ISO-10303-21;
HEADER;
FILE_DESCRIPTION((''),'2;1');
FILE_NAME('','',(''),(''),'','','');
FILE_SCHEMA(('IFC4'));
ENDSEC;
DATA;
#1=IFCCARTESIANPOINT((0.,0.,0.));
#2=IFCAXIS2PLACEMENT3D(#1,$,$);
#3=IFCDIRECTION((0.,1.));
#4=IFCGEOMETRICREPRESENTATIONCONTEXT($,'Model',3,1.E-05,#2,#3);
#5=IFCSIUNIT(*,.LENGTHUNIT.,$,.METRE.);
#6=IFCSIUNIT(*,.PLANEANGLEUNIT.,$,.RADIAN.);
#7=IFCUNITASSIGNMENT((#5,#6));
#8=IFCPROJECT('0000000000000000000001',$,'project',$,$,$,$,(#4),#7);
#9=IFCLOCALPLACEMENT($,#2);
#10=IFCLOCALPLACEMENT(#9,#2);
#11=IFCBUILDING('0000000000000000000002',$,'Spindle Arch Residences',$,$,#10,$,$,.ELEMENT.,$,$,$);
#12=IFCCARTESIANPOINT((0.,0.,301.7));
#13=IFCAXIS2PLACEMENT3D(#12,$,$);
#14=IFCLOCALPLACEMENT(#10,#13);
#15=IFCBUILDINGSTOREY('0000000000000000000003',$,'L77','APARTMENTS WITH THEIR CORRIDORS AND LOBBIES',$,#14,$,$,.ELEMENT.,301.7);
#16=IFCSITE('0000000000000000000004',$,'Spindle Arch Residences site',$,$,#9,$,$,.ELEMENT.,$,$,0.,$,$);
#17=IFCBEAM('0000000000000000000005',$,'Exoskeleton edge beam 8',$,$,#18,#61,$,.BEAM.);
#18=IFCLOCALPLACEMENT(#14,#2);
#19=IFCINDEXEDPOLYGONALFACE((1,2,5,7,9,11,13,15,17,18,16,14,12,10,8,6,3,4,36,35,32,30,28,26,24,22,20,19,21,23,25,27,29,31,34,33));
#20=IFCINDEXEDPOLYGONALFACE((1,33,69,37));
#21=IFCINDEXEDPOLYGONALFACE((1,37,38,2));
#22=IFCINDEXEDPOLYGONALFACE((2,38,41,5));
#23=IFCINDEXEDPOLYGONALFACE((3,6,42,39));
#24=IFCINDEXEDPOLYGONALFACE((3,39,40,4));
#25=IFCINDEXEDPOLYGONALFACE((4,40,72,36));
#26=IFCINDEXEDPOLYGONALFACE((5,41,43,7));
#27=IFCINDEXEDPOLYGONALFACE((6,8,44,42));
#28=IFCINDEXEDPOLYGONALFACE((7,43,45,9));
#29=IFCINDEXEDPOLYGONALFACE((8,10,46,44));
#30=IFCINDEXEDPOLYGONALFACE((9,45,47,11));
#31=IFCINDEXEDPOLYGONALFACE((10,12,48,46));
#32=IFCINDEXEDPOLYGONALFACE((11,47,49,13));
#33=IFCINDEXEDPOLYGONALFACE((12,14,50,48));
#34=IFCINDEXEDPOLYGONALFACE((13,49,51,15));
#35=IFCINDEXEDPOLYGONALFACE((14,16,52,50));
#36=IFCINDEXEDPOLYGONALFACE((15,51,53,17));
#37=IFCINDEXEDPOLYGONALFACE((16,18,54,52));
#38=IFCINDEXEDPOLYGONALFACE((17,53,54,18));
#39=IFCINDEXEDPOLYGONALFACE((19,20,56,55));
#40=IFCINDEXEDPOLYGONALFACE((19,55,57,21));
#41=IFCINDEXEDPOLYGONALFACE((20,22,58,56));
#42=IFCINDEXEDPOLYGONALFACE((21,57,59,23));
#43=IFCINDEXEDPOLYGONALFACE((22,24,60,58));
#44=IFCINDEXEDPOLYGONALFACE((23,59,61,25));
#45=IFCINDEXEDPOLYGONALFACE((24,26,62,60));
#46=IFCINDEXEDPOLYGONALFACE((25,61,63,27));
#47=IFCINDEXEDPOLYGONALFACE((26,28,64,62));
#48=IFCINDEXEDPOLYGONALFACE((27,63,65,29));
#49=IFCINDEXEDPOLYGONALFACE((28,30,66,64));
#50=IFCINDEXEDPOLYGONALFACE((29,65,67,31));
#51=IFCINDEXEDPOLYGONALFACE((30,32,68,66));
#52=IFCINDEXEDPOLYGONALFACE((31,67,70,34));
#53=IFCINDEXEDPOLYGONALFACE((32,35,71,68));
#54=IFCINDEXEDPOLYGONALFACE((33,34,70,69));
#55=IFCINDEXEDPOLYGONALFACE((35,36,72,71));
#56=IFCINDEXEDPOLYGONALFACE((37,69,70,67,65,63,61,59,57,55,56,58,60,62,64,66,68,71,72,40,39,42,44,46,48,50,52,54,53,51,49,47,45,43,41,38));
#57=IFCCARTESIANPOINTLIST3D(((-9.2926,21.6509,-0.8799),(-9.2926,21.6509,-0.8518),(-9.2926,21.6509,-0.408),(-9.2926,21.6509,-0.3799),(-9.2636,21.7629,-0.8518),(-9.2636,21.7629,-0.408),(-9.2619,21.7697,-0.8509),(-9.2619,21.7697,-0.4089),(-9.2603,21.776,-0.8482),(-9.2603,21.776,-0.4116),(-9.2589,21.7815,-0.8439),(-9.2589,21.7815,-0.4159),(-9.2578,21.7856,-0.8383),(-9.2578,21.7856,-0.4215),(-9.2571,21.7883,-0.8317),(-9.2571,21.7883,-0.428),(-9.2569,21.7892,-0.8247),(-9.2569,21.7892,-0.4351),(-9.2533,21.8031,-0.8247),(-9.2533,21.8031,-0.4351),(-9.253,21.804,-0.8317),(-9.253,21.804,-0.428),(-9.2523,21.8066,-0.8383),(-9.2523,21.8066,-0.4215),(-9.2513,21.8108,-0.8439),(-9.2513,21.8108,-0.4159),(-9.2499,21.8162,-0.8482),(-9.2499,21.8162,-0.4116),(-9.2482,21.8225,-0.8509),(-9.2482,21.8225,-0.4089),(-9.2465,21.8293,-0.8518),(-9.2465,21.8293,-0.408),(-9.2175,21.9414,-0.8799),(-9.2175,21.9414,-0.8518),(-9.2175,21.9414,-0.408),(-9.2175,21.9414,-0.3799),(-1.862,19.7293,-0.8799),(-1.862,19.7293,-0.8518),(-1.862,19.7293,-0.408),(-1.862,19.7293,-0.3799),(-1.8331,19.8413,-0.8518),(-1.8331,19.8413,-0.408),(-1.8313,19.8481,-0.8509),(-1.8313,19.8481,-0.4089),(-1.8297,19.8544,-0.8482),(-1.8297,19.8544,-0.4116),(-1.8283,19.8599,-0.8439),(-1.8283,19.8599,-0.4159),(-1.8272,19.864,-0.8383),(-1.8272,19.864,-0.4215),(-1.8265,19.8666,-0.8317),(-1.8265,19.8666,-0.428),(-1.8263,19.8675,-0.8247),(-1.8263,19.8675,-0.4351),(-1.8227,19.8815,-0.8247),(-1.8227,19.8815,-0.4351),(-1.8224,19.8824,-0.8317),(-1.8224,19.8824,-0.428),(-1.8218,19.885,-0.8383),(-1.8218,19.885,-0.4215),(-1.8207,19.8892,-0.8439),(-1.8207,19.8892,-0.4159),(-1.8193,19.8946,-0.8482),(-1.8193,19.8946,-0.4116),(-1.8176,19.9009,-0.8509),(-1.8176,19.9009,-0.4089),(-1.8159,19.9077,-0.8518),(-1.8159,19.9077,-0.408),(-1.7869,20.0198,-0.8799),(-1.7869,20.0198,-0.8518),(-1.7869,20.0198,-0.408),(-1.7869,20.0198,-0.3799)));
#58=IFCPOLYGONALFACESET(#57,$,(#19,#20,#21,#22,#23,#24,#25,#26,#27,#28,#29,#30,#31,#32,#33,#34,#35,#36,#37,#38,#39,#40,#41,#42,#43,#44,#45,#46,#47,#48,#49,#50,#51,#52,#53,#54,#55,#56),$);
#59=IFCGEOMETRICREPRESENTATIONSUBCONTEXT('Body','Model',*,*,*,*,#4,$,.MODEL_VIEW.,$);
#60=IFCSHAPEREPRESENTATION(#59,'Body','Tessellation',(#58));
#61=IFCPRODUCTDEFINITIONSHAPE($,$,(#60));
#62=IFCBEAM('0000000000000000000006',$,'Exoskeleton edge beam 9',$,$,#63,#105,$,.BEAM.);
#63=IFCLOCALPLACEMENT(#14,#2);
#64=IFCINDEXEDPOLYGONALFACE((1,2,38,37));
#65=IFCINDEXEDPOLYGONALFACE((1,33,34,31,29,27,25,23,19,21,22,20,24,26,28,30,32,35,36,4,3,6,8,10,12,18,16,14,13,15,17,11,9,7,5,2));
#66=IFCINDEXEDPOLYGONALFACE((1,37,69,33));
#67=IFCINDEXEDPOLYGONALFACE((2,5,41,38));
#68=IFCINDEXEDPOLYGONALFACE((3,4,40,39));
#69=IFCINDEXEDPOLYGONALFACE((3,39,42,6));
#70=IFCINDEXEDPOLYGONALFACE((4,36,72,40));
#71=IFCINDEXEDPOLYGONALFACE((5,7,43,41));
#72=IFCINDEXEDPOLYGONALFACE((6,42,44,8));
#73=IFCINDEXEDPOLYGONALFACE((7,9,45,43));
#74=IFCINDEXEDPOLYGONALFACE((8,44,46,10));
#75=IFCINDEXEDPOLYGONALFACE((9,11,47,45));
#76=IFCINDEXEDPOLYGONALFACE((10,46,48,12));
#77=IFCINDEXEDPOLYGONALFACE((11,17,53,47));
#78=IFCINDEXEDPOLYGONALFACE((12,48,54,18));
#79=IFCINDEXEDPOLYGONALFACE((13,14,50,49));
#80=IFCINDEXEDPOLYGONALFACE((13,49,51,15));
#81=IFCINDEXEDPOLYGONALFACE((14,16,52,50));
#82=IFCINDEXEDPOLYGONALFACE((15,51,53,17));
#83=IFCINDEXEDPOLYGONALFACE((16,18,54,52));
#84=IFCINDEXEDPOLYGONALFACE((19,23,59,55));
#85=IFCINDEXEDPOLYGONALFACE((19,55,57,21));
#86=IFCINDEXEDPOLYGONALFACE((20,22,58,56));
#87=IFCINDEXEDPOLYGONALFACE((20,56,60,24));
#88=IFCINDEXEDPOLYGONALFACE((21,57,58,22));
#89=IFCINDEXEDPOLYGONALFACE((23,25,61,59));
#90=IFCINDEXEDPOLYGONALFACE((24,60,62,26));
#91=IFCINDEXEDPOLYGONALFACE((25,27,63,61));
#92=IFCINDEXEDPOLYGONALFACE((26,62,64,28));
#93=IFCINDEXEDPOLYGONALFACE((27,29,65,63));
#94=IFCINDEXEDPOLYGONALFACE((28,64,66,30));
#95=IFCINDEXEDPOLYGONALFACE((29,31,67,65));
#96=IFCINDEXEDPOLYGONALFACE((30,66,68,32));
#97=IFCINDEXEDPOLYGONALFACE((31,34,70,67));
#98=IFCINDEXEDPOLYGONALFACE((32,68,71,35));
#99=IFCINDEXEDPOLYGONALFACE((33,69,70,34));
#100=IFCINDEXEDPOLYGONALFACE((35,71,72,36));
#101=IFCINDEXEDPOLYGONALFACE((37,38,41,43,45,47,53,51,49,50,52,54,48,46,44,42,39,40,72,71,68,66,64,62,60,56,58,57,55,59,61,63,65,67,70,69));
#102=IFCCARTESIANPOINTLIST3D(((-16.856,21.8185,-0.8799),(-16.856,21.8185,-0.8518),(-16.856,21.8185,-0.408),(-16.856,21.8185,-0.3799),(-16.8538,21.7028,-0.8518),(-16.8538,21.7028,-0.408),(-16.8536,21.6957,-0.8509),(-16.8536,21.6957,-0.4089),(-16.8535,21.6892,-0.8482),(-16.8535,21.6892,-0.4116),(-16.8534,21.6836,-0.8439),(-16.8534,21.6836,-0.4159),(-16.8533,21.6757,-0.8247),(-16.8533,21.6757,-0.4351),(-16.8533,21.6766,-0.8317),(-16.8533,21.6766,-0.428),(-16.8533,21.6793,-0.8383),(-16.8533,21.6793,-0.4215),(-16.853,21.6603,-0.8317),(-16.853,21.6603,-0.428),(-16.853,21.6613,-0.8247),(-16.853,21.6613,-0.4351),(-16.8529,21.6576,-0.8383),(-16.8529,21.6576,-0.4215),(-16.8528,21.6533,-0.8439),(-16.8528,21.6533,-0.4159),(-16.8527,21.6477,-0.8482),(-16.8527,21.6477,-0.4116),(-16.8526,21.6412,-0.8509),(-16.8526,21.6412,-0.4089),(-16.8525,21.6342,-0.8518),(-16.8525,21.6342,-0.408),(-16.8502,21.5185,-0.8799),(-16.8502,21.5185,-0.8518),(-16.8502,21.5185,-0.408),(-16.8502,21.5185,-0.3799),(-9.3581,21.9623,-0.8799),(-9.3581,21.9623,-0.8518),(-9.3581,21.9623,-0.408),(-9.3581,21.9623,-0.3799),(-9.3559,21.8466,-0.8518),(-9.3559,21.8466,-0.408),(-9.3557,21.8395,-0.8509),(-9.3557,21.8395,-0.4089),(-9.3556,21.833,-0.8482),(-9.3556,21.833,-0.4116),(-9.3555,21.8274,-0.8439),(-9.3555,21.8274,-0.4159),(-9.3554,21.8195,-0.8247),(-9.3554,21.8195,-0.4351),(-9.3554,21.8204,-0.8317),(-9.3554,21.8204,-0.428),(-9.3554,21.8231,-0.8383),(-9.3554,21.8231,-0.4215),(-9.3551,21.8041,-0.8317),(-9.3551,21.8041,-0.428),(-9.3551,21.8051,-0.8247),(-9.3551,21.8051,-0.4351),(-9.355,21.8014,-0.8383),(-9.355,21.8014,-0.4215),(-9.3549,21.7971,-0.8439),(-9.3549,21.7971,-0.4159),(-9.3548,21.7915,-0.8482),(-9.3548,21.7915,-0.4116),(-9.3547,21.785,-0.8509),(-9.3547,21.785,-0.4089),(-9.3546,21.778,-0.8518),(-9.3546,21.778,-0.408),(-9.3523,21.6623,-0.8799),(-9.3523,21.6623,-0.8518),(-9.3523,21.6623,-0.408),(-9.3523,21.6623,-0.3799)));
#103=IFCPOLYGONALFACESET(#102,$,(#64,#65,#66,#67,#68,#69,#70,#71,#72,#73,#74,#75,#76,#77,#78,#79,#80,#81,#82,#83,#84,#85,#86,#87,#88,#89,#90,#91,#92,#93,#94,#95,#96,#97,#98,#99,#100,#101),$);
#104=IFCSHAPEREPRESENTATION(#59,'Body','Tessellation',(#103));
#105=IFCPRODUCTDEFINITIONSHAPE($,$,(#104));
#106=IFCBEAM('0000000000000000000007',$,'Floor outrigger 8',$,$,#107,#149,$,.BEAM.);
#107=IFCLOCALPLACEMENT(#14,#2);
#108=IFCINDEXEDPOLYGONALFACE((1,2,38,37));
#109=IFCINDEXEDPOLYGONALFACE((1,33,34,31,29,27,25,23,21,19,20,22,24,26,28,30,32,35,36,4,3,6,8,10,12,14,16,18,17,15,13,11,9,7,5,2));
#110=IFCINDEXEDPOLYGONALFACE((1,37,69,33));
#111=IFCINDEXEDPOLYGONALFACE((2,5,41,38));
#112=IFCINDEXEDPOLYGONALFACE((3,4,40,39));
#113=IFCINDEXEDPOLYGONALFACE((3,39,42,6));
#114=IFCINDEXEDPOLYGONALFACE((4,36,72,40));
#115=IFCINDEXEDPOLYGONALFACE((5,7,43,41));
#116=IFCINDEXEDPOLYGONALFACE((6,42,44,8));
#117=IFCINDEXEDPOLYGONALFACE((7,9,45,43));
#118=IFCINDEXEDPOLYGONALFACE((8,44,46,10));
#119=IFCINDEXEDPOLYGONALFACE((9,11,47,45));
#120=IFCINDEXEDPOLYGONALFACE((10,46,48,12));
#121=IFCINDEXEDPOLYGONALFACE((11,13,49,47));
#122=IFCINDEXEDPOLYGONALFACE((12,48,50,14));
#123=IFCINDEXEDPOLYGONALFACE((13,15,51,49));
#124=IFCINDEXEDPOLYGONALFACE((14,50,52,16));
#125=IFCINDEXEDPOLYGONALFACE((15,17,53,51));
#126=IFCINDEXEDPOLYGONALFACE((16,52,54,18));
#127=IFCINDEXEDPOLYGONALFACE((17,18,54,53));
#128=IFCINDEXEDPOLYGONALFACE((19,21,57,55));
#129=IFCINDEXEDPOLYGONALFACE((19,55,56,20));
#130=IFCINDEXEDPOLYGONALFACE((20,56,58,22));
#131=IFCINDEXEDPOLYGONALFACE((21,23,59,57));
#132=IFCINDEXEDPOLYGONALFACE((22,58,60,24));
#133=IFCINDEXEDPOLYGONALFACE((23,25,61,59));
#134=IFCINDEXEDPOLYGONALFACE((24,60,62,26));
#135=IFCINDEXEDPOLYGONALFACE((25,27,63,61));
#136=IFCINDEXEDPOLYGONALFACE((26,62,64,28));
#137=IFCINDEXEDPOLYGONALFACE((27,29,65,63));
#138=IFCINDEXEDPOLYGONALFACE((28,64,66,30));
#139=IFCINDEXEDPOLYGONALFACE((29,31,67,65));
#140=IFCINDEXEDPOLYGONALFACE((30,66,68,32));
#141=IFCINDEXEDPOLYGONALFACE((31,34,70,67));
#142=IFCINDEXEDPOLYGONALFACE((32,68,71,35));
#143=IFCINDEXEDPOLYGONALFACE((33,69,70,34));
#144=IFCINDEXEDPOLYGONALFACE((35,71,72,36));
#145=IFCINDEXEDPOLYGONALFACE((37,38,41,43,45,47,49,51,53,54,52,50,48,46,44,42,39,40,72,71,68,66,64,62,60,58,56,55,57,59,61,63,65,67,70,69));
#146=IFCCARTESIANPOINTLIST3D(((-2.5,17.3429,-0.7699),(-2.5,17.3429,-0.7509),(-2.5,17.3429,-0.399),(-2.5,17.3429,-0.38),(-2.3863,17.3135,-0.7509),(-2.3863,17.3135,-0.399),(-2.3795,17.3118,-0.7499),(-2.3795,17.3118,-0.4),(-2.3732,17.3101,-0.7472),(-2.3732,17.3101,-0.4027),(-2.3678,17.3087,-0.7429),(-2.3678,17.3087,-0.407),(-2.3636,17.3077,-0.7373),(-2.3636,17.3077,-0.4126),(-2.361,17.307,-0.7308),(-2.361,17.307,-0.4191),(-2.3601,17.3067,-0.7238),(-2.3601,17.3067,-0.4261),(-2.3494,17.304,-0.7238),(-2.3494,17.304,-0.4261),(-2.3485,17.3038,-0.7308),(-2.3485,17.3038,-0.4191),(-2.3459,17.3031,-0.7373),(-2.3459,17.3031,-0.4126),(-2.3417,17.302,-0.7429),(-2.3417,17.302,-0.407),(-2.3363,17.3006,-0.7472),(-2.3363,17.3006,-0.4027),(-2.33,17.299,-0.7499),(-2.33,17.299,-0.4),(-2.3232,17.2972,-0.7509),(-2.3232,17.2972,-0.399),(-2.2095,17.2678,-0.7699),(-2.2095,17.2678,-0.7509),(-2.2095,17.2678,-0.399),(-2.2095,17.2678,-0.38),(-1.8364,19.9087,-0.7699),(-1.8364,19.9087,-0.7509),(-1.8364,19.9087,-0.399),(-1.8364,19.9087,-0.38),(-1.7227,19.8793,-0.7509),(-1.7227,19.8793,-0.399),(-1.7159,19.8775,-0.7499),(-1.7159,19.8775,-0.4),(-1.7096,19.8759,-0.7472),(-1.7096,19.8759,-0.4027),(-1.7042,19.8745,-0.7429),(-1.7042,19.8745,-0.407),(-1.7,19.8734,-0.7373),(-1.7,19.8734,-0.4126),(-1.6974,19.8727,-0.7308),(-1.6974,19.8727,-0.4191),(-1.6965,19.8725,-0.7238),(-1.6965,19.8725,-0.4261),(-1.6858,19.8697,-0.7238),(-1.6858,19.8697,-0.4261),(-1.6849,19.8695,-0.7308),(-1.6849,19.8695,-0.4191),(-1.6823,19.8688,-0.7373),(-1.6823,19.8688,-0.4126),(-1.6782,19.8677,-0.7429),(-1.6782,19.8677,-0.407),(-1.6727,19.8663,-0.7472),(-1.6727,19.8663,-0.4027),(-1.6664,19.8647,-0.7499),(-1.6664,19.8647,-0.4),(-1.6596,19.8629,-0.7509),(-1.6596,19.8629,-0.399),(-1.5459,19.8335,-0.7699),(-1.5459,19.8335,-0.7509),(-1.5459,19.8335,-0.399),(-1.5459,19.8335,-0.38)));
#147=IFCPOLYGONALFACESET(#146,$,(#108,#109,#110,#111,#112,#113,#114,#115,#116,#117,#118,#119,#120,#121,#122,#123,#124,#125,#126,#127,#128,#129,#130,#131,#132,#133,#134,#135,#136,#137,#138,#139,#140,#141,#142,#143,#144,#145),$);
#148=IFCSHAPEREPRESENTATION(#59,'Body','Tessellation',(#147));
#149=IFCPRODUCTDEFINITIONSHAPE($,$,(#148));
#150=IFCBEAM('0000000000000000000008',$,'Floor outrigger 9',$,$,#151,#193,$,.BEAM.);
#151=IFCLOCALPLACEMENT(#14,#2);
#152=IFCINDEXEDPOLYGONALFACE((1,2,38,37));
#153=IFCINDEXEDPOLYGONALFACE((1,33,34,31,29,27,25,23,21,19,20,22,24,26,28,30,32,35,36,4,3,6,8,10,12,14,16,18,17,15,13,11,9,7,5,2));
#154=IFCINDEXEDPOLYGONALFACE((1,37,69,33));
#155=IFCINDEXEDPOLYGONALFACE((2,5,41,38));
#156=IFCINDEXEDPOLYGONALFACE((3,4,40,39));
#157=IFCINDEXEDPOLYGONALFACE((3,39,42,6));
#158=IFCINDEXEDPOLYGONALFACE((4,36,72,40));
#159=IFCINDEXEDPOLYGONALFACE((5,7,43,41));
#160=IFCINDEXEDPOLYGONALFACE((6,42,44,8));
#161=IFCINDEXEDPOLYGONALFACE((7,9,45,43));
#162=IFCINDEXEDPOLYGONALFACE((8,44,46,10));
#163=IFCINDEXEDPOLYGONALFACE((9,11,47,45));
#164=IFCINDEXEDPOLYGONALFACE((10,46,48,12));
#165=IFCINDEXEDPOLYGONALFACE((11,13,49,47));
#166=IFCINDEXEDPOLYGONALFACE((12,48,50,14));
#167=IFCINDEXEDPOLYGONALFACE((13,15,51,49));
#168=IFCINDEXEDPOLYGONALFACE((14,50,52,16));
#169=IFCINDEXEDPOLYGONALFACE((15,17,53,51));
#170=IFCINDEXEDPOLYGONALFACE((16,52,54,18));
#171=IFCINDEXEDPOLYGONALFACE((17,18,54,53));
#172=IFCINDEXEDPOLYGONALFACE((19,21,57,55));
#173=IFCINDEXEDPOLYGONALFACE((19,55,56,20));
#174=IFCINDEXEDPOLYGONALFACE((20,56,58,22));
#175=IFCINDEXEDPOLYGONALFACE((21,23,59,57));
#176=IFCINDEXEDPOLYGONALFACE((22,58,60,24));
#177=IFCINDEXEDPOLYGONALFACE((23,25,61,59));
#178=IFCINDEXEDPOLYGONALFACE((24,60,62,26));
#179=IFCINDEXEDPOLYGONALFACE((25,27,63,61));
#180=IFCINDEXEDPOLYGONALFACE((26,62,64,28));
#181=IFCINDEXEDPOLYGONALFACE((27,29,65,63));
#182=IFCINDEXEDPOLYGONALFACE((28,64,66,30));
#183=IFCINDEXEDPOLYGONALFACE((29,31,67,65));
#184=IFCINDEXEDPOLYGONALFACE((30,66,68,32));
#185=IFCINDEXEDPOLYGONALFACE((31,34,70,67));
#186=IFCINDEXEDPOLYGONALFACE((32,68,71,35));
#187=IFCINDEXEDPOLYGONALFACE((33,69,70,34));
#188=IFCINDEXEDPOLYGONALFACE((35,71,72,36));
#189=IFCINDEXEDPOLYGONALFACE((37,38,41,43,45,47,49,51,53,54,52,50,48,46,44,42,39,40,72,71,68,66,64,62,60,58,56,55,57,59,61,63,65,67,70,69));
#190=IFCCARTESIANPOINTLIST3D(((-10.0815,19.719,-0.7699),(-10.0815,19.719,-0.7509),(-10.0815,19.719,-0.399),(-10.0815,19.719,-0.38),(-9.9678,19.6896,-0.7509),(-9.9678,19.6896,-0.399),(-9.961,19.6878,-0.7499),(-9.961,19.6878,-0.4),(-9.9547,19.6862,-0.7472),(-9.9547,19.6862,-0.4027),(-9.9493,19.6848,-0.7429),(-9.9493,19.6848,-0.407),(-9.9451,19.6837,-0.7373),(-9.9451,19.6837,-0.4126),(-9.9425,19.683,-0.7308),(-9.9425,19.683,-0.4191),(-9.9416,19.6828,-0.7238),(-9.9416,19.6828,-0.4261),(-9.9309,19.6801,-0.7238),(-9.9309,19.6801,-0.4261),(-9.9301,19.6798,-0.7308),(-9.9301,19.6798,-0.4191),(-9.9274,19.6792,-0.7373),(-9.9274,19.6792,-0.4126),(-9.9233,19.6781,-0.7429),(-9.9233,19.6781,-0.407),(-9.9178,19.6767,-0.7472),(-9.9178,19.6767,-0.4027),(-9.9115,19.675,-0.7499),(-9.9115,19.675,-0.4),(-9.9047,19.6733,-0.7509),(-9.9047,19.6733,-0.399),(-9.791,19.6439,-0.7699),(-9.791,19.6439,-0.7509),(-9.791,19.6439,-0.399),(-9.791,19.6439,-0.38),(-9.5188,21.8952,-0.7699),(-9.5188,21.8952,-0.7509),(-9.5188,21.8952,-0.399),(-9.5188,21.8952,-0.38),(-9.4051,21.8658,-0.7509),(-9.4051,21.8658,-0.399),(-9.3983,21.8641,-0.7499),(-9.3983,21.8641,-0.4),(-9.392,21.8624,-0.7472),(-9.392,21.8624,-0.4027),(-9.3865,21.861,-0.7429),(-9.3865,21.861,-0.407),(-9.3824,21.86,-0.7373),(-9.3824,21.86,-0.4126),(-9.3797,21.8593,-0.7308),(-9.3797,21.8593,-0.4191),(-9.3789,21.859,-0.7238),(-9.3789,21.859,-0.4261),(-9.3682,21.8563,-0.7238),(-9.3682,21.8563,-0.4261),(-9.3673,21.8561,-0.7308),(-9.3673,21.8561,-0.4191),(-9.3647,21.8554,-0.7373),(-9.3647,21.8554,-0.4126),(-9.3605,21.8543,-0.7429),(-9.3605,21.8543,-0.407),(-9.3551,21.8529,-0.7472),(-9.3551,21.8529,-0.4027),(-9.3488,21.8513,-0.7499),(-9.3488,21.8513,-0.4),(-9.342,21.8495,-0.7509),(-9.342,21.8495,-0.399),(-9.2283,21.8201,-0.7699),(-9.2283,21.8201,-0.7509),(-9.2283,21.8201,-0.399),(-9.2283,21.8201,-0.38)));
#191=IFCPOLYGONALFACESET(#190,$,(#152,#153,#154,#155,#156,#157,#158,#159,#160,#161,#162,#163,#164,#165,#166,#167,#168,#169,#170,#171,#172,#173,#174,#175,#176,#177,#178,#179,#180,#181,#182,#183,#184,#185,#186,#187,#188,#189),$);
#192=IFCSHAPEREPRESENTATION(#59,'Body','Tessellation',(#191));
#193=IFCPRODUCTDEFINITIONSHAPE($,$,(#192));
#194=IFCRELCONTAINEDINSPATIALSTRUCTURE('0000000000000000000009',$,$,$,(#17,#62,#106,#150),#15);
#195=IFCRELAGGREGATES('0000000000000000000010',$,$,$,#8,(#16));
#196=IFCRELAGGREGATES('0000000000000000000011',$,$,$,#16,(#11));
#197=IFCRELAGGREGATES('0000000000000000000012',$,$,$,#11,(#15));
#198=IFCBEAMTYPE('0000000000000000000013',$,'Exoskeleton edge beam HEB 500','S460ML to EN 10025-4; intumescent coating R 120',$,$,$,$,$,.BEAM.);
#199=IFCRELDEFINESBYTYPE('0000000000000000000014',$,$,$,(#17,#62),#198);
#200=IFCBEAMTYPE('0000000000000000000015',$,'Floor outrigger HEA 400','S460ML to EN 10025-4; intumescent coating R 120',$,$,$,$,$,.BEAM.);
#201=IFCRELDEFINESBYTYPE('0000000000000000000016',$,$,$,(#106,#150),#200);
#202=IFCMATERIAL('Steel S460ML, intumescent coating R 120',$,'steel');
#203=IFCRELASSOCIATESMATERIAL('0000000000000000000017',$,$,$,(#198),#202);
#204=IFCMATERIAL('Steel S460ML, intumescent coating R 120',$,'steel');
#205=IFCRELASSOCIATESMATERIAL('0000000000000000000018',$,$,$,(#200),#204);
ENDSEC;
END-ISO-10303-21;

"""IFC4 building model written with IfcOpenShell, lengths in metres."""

from ifc_helpers import new_model, si_unit, direction, frame, origin, origin_2d, place, context, subcontext, project, spatial, i_section, extrude, material, material_profile, profile_set, type_object, element, save


model = new_model("IFC4")

# Units and contexts
model_context = context("Model", 3, precision=1e-05, world=origin(), true_north=direction((0.0, 1.0)))
body_context = subcontext(model_context, "Body", "Model", "MODEL_VIEW")
ifc_project = project(units=[si_unit("LENGTHUNIT", "METRE"), si_unit("PLANEANGLEUNIT", "RADIAN")], contexts=[model_context])

# Site, building, storey
site_placement = place(None, origin())
site = spatial("IfcSite", under=ifc_project, at=site_placement, Name="Spindle Arch Residences site", CompositionType="ELEMENT", RefElevation=0.0)
building_placement = place(site_placement, origin())
building = spatial("IfcBuilding", under=site, at=building_placement, Name="Spindle Arch Residences", CompositionType="ELEMENT")
storey_placement = place(building_placement, frame((0.0, 0.0, 301.7)))
storey = spatial("IfcBuildingStorey", under=building, at=storey_placement, Name="L77", Description="APARTMENTS WITH THEIR CORRIDORS AND LOBBIES", CompositionType="ELEMENT", Elevation=301.7)

# Beams
ifc_material_1 = material(Name="Steel S460ML, intumescent coating R 120", Category="steel")
ifc_material_profile_1 = material_profile(ifc_material_1, i_section(OverallWidth=0.3, OverallDepth=0.5, WebThickness=0.0144, FlangeThickness=0.0281, FilletRadius=0.0271, at=origin_2d()), Name="HEB 500")
ifc_profile_set_1 = profile_set([ifc_material_profile_1], Name="Steel S460ML, intumescent coating R 120")
beam_type_1 = type_object("IfcBeamType", Name="Exoskeleton edge beam HEB 500", Description="S460ML to EN 10025-4; intumescent coating R 120", PredefinedType="BEAM", material=ifc_profile_set_1)
beam_1_placement = place(storey_placement, frame((-1.8245, 19.8745, -0.6299), z_axis=(-0.96815, 0.250372, 0.0), x_axis=(-0.250372, -0.96815, 0.0)))
element("IfcBeam", 1, at=beam_1_placement, inside=storey, type_object=beam_type_1, Name="Exoskeleton edge beam 8", PredefinedType="BEAM", context=body_context, shape_type="SweptSolid", body=[
    extrude(i_section(OverallWidth=0.3, OverallDepth=0.5, WebThickness=0.0144, FlangeThickness=0.0281, FilletRadius=0.0271, at=origin_2d()), origin(), (0.0, 0.0, 1.0), 7.675),
])
beam_2_placement = place(storey_placement, frame((-9.3552, 21.8123, -0.6299), z_axis=(-0.999816, -0.019175, 0.0), x_axis=(0.019175, -0.999816, 0.0)))
element("IfcBeam", 2, at=beam_2_placement, inside=storey, type_object=beam_type_1, Name="Exoskeleton edge beam 9", PredefinedType="BEAM", context=body_context, shape_type="SweptSolid", body=[
    extrude(i_section(OverallWidth=0.3, OverallDepth=0.5, WebThickness=0.0144, FlangeThickness=0.0281, FilletRadius=0.0271, at=origin_2d()), origin(), (0.0, 0.0, 1.0), 7.4993),
])
ifc_material_2 = material(Name="Steel S460ML, intumescent coating R 120", Category="steel")
ifc_material_profile_2 = material_profile(ifc_material_2, i_section(OverallWidth=0.3, OverallDepth=0.3899, WebThickness=0.011, FlangeThickness=0.019, FilletRadius=0.0271, at=origin_2d()), Name="HEA 400")
ifc_profile_set_2 = profile_set([ifc_material_profile_2], Name="Steel S460ML, intumescent coating R 120")
beam_type_2 = type_object("IfcBeamType", Name="Floor outrigger HEA 400", Description="S460ML to EN 10025-4; intumescent coating R 120", PredefinedType="BEAM", material=ifc_profile_set_2)
beam_3_placement = place(storey_placement, frame((-1.6912, 19.8711, -0.575), z_axis=(-0.250396, -0.968143, 0.0), x_axis=(0.968143, -0.250396, 0.0)))
element("IfcBeam", 3, at=beam_3_placement, inside=storey, type_object=beam_type_2, Name="Floor outrigger 8", PredefinedType="BEAM", context=body_context, shape_type="SweptSolid", body=[
    extrude(i_section(OverallWidth=0.3, OverallDepth=0.3899, WebThickness=0.011, FlangeThickness=0.019, FilletRadius=0.0271, at=origin_2d()), origin(), (0.0, 0.0, 1.0), 2.6501),
])
beam_4_placement = place(storey_placement, frame((-9.3735, 21.8577, -0.575), z_axis=(-0.250348, -0.968156, 0.0), x_axis=(0.968156, -0.250348, 0.0)))
element("IfcBeam", 4, at=beam_4_placement, inside=storey, type_object=beam_type_2, Name="Floor outrigger 9", PredefinedType="BEAM", context=body_context, shape_type="SweptSolid", body=[
    extrude(i_section(OverallWidth=0.3, OverallDepth=0.3899, WebThickness=0.011, FlangeThickness=0.019, FilletRadius=0.0271, at=origin_2d()), origin(), (0.0, 0.0, 1.0), 2.2478),
])

save(model, "model.ifc")
